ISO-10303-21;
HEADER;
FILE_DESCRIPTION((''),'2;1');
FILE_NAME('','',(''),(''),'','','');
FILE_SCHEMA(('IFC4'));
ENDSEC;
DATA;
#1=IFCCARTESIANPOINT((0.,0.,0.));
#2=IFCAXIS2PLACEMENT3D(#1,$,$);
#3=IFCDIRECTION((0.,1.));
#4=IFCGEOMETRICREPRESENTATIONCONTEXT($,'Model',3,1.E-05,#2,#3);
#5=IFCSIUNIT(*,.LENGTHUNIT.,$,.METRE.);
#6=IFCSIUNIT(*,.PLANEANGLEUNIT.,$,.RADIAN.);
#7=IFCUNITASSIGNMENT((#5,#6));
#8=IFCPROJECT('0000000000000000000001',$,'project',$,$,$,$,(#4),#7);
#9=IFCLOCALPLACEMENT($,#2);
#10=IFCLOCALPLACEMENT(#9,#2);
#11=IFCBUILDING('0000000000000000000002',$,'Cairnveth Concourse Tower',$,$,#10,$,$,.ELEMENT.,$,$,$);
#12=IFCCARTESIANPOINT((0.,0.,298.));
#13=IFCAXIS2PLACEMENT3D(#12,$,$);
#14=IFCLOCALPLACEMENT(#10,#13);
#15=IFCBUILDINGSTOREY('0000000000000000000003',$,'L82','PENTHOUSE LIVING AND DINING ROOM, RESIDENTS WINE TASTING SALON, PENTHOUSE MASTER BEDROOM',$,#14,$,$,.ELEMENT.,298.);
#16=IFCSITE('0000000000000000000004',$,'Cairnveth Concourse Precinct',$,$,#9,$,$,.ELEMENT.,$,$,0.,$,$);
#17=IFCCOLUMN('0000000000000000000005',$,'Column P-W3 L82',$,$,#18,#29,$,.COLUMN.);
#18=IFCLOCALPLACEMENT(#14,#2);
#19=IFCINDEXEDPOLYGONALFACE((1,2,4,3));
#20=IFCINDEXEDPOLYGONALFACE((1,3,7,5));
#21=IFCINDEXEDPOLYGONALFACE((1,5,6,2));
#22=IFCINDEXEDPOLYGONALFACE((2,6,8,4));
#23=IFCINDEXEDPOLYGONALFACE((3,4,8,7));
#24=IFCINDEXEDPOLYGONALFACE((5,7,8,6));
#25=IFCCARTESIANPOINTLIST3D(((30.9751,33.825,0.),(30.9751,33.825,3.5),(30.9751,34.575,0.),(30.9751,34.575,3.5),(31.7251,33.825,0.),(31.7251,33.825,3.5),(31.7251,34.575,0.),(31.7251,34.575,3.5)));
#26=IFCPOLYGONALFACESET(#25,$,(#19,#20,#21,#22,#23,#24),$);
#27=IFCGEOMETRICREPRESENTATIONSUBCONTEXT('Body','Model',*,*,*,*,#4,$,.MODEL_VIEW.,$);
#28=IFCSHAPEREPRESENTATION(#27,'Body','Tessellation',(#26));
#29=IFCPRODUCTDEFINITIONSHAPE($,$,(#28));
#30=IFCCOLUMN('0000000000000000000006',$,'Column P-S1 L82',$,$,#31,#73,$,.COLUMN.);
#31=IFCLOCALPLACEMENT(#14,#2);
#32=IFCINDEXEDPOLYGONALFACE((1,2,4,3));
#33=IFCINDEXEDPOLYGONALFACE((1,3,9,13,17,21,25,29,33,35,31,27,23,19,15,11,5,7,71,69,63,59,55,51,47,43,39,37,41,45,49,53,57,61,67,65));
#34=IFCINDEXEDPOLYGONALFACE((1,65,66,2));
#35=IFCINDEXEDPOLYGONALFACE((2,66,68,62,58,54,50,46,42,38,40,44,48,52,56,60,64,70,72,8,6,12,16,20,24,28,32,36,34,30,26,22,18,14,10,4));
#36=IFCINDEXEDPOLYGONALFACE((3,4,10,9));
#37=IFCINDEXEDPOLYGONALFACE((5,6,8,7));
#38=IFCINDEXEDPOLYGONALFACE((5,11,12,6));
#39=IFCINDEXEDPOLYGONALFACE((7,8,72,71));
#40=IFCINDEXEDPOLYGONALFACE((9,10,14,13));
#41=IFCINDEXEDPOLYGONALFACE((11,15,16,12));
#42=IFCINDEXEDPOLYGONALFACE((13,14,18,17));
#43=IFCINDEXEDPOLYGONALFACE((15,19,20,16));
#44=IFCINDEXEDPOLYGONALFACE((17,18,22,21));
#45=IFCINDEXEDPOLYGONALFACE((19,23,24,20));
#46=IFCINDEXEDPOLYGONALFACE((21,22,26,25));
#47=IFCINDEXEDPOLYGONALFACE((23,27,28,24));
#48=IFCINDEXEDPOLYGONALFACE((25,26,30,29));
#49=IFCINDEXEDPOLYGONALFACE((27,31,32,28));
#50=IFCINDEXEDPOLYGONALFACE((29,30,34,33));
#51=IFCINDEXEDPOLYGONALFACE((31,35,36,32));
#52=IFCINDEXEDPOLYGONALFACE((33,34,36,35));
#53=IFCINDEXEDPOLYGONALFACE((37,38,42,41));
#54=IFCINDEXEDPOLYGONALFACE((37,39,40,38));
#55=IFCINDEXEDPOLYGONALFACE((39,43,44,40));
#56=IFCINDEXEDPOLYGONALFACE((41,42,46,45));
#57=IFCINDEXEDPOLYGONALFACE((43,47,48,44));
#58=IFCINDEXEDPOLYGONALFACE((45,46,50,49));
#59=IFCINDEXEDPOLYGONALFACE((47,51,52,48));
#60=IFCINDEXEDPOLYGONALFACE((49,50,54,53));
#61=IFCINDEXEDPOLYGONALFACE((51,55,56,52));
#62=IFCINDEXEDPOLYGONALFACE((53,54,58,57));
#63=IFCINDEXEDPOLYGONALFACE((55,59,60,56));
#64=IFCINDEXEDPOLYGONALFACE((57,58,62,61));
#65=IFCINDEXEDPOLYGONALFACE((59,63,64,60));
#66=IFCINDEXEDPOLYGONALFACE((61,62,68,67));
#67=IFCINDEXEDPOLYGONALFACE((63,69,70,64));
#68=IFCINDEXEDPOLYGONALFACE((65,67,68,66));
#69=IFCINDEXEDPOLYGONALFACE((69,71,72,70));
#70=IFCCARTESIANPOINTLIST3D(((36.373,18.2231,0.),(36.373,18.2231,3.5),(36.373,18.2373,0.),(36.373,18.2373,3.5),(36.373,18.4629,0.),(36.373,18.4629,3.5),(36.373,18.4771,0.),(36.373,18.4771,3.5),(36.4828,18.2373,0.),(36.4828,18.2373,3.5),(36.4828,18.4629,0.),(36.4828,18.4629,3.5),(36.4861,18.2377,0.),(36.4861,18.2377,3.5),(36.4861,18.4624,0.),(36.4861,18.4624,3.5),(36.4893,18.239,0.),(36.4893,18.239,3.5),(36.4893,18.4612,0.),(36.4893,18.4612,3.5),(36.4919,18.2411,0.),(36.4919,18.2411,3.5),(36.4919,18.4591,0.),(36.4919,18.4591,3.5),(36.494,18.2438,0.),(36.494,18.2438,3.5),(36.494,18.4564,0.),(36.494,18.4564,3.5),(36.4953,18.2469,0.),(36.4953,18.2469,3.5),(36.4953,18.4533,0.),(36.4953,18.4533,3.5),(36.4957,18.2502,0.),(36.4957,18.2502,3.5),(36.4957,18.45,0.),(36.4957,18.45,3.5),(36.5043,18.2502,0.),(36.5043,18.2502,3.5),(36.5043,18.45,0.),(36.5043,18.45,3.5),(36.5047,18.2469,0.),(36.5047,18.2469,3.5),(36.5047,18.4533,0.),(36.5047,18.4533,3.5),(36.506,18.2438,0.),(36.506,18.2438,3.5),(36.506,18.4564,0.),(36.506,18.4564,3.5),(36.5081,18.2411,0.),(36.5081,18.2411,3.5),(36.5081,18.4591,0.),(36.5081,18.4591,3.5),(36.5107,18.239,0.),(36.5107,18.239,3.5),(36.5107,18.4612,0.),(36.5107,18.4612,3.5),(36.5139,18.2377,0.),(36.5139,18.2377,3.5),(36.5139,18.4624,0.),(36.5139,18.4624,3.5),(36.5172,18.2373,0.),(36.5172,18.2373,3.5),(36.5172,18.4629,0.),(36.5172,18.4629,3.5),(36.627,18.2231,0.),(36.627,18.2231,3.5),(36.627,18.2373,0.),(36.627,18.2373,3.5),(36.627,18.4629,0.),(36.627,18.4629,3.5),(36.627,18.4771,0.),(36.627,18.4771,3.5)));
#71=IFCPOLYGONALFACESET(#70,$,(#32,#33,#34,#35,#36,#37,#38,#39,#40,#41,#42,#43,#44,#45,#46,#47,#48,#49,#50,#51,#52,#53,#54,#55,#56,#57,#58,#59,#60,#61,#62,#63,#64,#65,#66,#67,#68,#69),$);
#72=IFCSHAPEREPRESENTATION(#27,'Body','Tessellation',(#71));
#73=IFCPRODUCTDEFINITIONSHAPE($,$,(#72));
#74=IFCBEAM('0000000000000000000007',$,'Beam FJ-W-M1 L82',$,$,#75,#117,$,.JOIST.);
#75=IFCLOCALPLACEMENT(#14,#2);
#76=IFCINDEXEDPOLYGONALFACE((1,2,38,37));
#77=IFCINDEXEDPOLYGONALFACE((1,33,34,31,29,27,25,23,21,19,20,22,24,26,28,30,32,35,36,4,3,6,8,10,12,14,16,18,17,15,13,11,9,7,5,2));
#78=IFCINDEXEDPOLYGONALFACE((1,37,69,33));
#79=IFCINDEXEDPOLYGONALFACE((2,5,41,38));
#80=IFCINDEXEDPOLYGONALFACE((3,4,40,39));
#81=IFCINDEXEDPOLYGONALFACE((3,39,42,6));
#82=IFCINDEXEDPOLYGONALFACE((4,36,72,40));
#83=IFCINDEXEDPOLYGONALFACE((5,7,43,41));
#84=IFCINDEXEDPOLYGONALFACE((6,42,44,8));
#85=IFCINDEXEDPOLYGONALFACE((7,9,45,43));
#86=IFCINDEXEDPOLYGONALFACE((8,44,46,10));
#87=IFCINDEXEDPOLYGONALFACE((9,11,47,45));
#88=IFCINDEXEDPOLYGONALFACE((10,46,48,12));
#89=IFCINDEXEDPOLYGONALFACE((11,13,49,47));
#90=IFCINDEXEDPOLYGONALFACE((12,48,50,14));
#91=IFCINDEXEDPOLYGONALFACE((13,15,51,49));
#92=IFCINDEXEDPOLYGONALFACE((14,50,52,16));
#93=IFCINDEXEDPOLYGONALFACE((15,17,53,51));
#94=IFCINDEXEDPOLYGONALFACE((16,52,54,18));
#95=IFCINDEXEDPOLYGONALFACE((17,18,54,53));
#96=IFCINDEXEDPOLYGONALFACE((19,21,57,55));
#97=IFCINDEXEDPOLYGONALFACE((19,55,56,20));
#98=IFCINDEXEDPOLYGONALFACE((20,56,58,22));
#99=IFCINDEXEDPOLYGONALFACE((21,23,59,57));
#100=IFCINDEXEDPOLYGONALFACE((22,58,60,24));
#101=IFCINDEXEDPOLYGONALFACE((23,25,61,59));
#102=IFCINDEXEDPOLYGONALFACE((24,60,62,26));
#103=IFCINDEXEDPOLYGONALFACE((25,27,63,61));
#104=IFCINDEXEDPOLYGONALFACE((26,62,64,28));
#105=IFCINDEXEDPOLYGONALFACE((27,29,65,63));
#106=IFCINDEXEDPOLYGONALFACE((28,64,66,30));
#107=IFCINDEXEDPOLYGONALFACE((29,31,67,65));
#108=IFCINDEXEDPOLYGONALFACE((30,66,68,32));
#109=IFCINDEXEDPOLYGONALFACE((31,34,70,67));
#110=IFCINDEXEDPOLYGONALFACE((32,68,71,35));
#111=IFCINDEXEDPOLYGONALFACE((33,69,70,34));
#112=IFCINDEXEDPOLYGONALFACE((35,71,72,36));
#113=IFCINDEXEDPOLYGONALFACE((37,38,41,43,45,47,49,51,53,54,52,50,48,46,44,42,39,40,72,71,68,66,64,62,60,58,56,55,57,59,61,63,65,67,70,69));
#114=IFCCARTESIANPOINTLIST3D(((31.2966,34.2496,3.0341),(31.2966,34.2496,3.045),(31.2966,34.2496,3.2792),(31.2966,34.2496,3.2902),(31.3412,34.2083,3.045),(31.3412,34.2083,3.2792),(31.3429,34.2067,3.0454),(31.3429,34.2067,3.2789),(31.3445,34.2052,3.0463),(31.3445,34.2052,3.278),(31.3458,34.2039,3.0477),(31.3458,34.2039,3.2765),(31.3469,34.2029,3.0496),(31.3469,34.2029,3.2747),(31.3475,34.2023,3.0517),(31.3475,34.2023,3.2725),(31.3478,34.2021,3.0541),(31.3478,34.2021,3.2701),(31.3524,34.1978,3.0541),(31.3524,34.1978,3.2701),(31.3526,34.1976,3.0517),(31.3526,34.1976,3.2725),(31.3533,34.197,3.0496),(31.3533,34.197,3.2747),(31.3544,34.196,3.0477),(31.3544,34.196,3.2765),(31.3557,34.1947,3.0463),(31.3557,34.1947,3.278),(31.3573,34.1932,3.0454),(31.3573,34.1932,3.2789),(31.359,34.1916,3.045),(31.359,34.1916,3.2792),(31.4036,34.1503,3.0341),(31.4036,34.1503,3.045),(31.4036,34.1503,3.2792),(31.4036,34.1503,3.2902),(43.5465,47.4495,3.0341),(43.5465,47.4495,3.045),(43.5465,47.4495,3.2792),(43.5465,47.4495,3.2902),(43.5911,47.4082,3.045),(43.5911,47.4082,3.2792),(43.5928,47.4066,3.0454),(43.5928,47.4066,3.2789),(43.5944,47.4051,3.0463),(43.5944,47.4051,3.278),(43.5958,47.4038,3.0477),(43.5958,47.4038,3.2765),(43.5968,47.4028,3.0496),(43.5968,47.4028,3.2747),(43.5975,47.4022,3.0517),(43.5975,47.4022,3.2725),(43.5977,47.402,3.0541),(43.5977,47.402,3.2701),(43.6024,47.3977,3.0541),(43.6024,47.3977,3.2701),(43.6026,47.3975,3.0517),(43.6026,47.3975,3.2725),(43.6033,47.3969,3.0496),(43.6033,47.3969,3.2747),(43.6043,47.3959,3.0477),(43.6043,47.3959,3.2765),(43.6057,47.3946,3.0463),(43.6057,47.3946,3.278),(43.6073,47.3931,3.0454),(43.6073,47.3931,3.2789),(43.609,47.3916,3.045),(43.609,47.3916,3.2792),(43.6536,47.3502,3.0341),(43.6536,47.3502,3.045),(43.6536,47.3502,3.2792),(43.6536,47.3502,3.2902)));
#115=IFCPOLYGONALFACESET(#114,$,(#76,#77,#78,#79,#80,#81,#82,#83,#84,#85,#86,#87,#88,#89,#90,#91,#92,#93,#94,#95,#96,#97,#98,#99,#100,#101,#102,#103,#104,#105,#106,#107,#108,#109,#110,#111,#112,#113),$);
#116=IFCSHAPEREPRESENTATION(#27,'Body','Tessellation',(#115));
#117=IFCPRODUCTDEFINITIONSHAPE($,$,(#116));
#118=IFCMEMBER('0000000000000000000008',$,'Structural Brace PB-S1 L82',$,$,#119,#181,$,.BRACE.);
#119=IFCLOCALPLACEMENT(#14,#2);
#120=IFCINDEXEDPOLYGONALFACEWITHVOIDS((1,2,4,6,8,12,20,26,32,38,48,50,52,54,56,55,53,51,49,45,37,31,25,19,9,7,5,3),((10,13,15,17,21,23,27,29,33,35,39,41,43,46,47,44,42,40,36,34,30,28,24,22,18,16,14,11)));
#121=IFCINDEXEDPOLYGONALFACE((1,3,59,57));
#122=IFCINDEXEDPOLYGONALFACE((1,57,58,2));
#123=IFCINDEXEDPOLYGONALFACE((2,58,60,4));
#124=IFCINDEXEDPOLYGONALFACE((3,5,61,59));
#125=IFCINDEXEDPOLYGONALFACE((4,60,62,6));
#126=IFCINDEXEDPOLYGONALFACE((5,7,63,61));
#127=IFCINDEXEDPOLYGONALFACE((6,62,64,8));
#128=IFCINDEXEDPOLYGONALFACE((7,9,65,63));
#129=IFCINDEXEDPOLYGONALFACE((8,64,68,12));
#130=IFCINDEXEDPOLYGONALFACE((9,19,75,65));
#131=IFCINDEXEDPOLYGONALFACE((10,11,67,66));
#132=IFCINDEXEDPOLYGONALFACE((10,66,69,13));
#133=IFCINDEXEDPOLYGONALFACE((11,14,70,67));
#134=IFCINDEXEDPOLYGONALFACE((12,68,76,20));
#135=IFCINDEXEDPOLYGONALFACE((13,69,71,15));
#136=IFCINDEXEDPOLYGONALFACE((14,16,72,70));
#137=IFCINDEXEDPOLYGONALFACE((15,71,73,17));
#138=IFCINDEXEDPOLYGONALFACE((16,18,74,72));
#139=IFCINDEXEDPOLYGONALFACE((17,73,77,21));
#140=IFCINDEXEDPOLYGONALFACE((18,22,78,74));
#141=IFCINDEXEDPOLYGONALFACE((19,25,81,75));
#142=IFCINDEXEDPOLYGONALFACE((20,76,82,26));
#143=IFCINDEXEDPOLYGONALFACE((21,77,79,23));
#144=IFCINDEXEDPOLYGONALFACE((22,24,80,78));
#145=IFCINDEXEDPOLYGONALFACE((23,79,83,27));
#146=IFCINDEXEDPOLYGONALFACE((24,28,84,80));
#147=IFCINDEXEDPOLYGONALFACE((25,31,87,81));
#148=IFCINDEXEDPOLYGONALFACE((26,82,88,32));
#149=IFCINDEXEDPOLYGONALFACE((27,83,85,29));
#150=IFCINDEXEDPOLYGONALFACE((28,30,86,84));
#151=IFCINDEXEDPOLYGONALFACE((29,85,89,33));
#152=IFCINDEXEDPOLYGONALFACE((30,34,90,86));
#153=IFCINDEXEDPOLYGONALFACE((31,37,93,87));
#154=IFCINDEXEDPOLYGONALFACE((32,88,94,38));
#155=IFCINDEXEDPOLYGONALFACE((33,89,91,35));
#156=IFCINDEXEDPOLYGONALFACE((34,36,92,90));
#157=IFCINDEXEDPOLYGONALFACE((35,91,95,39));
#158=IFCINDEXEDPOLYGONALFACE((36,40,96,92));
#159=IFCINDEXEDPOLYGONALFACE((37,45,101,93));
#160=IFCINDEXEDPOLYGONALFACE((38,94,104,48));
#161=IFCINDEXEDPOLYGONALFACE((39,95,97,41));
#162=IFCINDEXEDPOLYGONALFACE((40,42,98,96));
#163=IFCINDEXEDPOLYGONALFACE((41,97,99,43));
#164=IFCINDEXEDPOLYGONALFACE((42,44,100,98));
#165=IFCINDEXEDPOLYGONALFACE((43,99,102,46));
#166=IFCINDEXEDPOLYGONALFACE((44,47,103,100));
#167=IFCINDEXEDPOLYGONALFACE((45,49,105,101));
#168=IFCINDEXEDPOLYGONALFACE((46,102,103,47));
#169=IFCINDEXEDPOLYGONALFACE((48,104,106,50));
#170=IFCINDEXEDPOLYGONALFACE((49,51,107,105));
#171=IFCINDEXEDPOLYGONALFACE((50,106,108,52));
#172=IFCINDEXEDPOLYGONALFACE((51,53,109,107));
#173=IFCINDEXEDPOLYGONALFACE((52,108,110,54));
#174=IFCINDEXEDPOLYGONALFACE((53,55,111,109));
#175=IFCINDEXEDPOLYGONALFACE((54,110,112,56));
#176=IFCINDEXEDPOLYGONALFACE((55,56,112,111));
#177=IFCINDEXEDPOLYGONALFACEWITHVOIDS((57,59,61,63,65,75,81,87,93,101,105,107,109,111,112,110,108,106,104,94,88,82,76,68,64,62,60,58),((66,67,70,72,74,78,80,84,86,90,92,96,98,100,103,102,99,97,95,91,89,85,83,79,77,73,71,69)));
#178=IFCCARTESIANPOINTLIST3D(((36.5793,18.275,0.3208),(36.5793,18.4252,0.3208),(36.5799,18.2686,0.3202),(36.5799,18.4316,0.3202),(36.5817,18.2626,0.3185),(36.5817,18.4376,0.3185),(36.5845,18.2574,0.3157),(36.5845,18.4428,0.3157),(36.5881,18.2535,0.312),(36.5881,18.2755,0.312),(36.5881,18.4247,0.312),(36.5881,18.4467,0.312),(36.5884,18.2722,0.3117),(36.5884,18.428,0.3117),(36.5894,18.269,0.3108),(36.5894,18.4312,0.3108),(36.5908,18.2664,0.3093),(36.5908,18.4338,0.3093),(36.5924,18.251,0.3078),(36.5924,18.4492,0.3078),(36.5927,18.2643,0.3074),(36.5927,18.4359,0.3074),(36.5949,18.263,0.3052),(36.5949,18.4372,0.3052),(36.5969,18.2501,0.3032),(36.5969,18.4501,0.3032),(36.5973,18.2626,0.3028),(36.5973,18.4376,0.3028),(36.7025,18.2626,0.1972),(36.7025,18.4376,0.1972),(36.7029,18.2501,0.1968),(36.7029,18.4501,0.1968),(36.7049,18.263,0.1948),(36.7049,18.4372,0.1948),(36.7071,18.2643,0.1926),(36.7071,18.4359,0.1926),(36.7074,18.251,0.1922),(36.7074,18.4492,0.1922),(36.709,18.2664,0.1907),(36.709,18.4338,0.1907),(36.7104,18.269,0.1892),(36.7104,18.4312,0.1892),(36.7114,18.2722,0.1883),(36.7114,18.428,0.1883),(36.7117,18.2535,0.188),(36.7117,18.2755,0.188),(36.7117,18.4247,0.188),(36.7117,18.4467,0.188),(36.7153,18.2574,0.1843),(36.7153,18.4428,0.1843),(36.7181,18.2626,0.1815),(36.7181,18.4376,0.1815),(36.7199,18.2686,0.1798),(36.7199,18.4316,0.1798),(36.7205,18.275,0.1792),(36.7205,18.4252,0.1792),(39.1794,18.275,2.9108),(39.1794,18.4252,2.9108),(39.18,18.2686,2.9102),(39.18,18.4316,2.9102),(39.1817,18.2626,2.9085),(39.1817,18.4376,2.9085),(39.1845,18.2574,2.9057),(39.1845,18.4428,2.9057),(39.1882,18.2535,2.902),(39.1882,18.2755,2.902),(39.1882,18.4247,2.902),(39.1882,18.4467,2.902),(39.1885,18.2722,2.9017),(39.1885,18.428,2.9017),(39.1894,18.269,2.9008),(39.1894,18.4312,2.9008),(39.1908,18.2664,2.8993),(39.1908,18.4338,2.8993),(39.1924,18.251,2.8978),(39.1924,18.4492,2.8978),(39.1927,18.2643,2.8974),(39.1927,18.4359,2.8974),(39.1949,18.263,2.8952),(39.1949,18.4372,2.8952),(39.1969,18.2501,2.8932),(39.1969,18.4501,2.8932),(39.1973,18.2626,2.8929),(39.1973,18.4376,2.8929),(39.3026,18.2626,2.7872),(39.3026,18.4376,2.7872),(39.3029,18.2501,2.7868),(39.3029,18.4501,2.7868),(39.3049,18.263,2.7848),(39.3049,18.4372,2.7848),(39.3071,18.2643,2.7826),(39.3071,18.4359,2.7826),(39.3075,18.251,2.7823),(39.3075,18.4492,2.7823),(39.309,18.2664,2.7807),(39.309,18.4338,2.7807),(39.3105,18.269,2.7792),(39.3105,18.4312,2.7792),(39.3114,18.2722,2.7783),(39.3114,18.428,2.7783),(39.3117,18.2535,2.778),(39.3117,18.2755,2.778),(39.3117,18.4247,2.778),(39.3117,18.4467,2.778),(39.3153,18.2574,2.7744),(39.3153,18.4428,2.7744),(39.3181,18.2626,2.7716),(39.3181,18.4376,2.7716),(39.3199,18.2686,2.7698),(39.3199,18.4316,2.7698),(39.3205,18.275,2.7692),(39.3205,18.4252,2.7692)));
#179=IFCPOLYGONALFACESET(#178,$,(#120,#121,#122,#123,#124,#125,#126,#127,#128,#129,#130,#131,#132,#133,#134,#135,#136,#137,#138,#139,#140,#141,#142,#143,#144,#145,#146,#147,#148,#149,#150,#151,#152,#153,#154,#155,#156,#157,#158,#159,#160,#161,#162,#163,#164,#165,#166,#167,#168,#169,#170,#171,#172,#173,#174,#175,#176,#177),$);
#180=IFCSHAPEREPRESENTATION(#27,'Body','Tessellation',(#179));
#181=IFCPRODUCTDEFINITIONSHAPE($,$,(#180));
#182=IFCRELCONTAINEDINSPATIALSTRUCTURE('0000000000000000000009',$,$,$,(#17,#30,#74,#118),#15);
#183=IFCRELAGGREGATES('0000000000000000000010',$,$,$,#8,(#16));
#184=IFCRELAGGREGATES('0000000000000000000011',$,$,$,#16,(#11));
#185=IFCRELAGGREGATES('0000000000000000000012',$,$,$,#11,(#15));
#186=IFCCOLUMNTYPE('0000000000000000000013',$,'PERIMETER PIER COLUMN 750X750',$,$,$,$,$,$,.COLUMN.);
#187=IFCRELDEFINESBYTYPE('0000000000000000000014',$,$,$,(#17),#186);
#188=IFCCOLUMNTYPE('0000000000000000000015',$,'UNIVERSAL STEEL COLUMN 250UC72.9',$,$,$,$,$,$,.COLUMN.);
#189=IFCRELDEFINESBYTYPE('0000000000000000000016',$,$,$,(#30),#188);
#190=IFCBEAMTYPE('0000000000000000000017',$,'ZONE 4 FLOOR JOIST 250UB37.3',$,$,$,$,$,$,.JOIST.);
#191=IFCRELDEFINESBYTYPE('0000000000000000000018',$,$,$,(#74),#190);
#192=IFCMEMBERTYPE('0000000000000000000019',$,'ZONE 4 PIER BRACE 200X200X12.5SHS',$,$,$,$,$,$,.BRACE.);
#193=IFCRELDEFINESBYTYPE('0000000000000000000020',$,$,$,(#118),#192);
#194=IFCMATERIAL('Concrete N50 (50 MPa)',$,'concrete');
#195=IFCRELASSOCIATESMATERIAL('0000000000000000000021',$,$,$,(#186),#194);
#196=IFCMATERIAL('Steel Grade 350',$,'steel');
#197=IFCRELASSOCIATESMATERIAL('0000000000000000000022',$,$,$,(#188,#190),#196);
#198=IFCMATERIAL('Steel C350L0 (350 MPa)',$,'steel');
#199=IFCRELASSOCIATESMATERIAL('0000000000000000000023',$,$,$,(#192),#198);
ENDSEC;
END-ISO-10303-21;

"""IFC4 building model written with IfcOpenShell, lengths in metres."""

from ifc_helpers import new_model, si_unit, direction, frame, origin, origin_2d, place, context, subcontext, project, spatial, rectangle, hollow_rectangle, i_section, extrude, material, material_profile, profile_set, type_object, element, save


model = new_model("IFC4")

# Units and contexts
model_context = context("Model", 3, precision=1e-05, world=origin(), true_north=direction((0.0, 1.0)))
body_context = subcontext(model_context, "Body", "Model", "MODEL_VIEW")
ifc_project = project(units=[si_unit("LENGTHUNIT", "METRE"), si_unit("PLANEANGLEUNIT", "RADIAN")], contexts=[model_context])

# Site, building, storey
site_placement = place(None, origin())
site = spatial("IfcSite", under=ifc_project, at=site_placement, Name="Cairnveth Concourse Precinct", CompositionType="ELEMENT", RefElevation=0.0)
building_placement = place(site_placement, origin())
building = spatial("IfcBuilding", under=site, at=building_placement, Name="Cairnveth Concourse Tower", CompositionType="ELEMENT")
storey_placement = place(building_placement, frame((0.0, 0.0, 298.0)))
storey = spatial("IfcBuildingStorey", under=building, at=storey_placement, Name="L82", Description="PENTHOUSE LIVING AND DINING ROOM, RESIDENTS WINE TASTING SALON, PENTHOUSE MASTER BEDROOM", CompositionType="ELEMENT", Elevation=298.0)

# Columns
ifc_material_1 = material(Name="Concrete N50 (50 MPa)", Category="concrete")
ifc_material_profile_1 = material_profile(ifc_material_1, rectangle(XDim=0.75, YDim=0.75, at=origin_2d()), Name="RC-COL-750x750")
ifc_profile_set_1 = profile_set([ifc_material_profile_1], Name="Concrete N50 (50 MPa)")
column_type_1 = type_object("IfcColumnType", Name="PERIMETER PIER COLUMN 750X750", PredefinedType="COLUMN", material=ifc_profile_set_1)
column_1_placement = place(storey_placement, frame((31.3501, 34.2, 0.0), z_axis=(0.0, 0.0, 1.0), x_axis=(0.0, 1.0, 0.0)))
element("IfcColumn", 1, at=column_1_placement, inside=storey, type_object=column_type_1, Name="Column P-W3 L82", PredefinedType="COLUMN", context=body_context, shape_type="SweptSolid", body=[
    extrude(rectangle(XDim=0.75, YDim=0.75, at=origin_2d()), origin(), (0.0, 0.0, 1.0), 3.5),
])
ifc_material_2 = material(Name="Steel Grade 350", Category="steel")
ifc_material_profile_2 = material_profile(ifc_material_2, i_section(OverallWidth=0.2539, OverallDepth=0.2539, WebThickness=0.0085, FlangeThickness=0.0142, FilletRadius=0.0129, at=origin_2d()), Name="250UC72.9")
ifc_profile_set_2 = profile_set([ifc_material_profile_2], Name="Steel Grade 350")
column_type_2 = type_object("IfcColumnType", Name="UNIVERSAL STEEL COLUMN 250UC72.9", PredefinedType="COLUMN", material=ifc_profile_set_2)
column_2_placement = place(storey_placement, frame((36.5, 18.3501, 0.0), z_axis=(0.0, 0.0, 1.0), x_axis=(1.0, 0.0, 0.0)))
element("IfcColumn", 2, at=column_2_placement, inside=storey, type_object=column_type_2, Name="Column P-S1 L82", PredefinedType="COLUMN", context=body_context, shape_type="SweptSolid", body=[
    extrude(i_section(OverallWidth=0.2539, OverallDepth=0.2539, WebThickness=0.0085, FlangeThickness=0.0142, FilletRadius=0.0129, at=origin_2d()), origin(), (0.0, 0.0, 1.0), 3.5),
])

# Beam
ifc_material_profile_3 = material_profile(ifc_material_2, i_section(OverallWidth=0.146, OverallDepth=0.2561, WebThickness=0.0063, FlangeThickness=0.011, FilletRadius=0.009, at=origin_2d()), Name="250UB37.3")
ifc_profile_set_3 = profile_set([ifc_material_profile_3], Name="Steel Grade 350")
beam_type_1 = type_object("IfcBeamType", Name="ZONE 4 FLOOR JOIST 250UB37.3", PredefinedType="JOIST", material=ifc_profile_set_3)
beam_1_placement = place(storey_placement, frame((31.3501, 34.2, 3.1621), z_axis=(0.680239, 0.73299, 0.0), x_axis=(-0.73299, 0.680239, 0.0)))
element("IfcBeam", 3, at=beam_1_placement, inside=storey, type_object=beam_type_1, Name="Beam FJ-W-M1 L82", PredefinedType="JOIST", context=body_context, shape_type="SweptSolid", body=[
    extrude(i_section(OverallWidth=0.146, OverallDepth=0.2561, WebThickness=0.0063, FlangeThickness=0.011, FilletRadius=0.009, at=origin_2d()), origin(), (0.0, 0.0, 1.0), 18.0083),
])

# Member
ifc_material_3 = material(Name="Steel C350L0 (350 MPa)", Category="steel")
ifc_material_profile_4 = material_profile(ifc_material_3, hollow_rectangle(XDim=0.2, YDim=0.2, WallThickness=0.0125, InnerFilletRadius=0.0129, OuterFilletRadius=0.0249, at=origin_2d()), Name="200x200x12.5SHS")
ifc_profile_set_4 = profile_set([ifc_material_profile_4], Name="Steel C350L0 (350 MPa)")
member_type = type_object("IfcMemberType", Name="ZONE 4 PIER BRACE 200X200X12.5SHS", PredefinedType="BRACE", material=ifc_profile_set_4)
for number, where, z_axis, x_axis, name in (
    (4, (36.6499, 18.3501, 0.25), (0.708469, 0.0, 0.705742), (0.0, 1.0, 0.0), "Structural Brace PB-S1 L82"),
):
    element("IfcMember", number, at=place(storey_placement, frame(where, z_axis=z_axis, x_axis=x_axis)), inside=storey, type_object=member_type, Name=name, PredefinedType="BRACE", context=body_context, shape_type="SweptSolid", body=[
        extrude(hollow_rectangle(XDim=0.2, YDim=0.2, WallThickness=0.0125, InnerFilletRadius=0.0129, OuterFilletRadius=0.0249, at=origin_2d()), origin(), (0.0, 0.0, 1.0), 3.6699),
    ])

save(model, "model.ifc")
